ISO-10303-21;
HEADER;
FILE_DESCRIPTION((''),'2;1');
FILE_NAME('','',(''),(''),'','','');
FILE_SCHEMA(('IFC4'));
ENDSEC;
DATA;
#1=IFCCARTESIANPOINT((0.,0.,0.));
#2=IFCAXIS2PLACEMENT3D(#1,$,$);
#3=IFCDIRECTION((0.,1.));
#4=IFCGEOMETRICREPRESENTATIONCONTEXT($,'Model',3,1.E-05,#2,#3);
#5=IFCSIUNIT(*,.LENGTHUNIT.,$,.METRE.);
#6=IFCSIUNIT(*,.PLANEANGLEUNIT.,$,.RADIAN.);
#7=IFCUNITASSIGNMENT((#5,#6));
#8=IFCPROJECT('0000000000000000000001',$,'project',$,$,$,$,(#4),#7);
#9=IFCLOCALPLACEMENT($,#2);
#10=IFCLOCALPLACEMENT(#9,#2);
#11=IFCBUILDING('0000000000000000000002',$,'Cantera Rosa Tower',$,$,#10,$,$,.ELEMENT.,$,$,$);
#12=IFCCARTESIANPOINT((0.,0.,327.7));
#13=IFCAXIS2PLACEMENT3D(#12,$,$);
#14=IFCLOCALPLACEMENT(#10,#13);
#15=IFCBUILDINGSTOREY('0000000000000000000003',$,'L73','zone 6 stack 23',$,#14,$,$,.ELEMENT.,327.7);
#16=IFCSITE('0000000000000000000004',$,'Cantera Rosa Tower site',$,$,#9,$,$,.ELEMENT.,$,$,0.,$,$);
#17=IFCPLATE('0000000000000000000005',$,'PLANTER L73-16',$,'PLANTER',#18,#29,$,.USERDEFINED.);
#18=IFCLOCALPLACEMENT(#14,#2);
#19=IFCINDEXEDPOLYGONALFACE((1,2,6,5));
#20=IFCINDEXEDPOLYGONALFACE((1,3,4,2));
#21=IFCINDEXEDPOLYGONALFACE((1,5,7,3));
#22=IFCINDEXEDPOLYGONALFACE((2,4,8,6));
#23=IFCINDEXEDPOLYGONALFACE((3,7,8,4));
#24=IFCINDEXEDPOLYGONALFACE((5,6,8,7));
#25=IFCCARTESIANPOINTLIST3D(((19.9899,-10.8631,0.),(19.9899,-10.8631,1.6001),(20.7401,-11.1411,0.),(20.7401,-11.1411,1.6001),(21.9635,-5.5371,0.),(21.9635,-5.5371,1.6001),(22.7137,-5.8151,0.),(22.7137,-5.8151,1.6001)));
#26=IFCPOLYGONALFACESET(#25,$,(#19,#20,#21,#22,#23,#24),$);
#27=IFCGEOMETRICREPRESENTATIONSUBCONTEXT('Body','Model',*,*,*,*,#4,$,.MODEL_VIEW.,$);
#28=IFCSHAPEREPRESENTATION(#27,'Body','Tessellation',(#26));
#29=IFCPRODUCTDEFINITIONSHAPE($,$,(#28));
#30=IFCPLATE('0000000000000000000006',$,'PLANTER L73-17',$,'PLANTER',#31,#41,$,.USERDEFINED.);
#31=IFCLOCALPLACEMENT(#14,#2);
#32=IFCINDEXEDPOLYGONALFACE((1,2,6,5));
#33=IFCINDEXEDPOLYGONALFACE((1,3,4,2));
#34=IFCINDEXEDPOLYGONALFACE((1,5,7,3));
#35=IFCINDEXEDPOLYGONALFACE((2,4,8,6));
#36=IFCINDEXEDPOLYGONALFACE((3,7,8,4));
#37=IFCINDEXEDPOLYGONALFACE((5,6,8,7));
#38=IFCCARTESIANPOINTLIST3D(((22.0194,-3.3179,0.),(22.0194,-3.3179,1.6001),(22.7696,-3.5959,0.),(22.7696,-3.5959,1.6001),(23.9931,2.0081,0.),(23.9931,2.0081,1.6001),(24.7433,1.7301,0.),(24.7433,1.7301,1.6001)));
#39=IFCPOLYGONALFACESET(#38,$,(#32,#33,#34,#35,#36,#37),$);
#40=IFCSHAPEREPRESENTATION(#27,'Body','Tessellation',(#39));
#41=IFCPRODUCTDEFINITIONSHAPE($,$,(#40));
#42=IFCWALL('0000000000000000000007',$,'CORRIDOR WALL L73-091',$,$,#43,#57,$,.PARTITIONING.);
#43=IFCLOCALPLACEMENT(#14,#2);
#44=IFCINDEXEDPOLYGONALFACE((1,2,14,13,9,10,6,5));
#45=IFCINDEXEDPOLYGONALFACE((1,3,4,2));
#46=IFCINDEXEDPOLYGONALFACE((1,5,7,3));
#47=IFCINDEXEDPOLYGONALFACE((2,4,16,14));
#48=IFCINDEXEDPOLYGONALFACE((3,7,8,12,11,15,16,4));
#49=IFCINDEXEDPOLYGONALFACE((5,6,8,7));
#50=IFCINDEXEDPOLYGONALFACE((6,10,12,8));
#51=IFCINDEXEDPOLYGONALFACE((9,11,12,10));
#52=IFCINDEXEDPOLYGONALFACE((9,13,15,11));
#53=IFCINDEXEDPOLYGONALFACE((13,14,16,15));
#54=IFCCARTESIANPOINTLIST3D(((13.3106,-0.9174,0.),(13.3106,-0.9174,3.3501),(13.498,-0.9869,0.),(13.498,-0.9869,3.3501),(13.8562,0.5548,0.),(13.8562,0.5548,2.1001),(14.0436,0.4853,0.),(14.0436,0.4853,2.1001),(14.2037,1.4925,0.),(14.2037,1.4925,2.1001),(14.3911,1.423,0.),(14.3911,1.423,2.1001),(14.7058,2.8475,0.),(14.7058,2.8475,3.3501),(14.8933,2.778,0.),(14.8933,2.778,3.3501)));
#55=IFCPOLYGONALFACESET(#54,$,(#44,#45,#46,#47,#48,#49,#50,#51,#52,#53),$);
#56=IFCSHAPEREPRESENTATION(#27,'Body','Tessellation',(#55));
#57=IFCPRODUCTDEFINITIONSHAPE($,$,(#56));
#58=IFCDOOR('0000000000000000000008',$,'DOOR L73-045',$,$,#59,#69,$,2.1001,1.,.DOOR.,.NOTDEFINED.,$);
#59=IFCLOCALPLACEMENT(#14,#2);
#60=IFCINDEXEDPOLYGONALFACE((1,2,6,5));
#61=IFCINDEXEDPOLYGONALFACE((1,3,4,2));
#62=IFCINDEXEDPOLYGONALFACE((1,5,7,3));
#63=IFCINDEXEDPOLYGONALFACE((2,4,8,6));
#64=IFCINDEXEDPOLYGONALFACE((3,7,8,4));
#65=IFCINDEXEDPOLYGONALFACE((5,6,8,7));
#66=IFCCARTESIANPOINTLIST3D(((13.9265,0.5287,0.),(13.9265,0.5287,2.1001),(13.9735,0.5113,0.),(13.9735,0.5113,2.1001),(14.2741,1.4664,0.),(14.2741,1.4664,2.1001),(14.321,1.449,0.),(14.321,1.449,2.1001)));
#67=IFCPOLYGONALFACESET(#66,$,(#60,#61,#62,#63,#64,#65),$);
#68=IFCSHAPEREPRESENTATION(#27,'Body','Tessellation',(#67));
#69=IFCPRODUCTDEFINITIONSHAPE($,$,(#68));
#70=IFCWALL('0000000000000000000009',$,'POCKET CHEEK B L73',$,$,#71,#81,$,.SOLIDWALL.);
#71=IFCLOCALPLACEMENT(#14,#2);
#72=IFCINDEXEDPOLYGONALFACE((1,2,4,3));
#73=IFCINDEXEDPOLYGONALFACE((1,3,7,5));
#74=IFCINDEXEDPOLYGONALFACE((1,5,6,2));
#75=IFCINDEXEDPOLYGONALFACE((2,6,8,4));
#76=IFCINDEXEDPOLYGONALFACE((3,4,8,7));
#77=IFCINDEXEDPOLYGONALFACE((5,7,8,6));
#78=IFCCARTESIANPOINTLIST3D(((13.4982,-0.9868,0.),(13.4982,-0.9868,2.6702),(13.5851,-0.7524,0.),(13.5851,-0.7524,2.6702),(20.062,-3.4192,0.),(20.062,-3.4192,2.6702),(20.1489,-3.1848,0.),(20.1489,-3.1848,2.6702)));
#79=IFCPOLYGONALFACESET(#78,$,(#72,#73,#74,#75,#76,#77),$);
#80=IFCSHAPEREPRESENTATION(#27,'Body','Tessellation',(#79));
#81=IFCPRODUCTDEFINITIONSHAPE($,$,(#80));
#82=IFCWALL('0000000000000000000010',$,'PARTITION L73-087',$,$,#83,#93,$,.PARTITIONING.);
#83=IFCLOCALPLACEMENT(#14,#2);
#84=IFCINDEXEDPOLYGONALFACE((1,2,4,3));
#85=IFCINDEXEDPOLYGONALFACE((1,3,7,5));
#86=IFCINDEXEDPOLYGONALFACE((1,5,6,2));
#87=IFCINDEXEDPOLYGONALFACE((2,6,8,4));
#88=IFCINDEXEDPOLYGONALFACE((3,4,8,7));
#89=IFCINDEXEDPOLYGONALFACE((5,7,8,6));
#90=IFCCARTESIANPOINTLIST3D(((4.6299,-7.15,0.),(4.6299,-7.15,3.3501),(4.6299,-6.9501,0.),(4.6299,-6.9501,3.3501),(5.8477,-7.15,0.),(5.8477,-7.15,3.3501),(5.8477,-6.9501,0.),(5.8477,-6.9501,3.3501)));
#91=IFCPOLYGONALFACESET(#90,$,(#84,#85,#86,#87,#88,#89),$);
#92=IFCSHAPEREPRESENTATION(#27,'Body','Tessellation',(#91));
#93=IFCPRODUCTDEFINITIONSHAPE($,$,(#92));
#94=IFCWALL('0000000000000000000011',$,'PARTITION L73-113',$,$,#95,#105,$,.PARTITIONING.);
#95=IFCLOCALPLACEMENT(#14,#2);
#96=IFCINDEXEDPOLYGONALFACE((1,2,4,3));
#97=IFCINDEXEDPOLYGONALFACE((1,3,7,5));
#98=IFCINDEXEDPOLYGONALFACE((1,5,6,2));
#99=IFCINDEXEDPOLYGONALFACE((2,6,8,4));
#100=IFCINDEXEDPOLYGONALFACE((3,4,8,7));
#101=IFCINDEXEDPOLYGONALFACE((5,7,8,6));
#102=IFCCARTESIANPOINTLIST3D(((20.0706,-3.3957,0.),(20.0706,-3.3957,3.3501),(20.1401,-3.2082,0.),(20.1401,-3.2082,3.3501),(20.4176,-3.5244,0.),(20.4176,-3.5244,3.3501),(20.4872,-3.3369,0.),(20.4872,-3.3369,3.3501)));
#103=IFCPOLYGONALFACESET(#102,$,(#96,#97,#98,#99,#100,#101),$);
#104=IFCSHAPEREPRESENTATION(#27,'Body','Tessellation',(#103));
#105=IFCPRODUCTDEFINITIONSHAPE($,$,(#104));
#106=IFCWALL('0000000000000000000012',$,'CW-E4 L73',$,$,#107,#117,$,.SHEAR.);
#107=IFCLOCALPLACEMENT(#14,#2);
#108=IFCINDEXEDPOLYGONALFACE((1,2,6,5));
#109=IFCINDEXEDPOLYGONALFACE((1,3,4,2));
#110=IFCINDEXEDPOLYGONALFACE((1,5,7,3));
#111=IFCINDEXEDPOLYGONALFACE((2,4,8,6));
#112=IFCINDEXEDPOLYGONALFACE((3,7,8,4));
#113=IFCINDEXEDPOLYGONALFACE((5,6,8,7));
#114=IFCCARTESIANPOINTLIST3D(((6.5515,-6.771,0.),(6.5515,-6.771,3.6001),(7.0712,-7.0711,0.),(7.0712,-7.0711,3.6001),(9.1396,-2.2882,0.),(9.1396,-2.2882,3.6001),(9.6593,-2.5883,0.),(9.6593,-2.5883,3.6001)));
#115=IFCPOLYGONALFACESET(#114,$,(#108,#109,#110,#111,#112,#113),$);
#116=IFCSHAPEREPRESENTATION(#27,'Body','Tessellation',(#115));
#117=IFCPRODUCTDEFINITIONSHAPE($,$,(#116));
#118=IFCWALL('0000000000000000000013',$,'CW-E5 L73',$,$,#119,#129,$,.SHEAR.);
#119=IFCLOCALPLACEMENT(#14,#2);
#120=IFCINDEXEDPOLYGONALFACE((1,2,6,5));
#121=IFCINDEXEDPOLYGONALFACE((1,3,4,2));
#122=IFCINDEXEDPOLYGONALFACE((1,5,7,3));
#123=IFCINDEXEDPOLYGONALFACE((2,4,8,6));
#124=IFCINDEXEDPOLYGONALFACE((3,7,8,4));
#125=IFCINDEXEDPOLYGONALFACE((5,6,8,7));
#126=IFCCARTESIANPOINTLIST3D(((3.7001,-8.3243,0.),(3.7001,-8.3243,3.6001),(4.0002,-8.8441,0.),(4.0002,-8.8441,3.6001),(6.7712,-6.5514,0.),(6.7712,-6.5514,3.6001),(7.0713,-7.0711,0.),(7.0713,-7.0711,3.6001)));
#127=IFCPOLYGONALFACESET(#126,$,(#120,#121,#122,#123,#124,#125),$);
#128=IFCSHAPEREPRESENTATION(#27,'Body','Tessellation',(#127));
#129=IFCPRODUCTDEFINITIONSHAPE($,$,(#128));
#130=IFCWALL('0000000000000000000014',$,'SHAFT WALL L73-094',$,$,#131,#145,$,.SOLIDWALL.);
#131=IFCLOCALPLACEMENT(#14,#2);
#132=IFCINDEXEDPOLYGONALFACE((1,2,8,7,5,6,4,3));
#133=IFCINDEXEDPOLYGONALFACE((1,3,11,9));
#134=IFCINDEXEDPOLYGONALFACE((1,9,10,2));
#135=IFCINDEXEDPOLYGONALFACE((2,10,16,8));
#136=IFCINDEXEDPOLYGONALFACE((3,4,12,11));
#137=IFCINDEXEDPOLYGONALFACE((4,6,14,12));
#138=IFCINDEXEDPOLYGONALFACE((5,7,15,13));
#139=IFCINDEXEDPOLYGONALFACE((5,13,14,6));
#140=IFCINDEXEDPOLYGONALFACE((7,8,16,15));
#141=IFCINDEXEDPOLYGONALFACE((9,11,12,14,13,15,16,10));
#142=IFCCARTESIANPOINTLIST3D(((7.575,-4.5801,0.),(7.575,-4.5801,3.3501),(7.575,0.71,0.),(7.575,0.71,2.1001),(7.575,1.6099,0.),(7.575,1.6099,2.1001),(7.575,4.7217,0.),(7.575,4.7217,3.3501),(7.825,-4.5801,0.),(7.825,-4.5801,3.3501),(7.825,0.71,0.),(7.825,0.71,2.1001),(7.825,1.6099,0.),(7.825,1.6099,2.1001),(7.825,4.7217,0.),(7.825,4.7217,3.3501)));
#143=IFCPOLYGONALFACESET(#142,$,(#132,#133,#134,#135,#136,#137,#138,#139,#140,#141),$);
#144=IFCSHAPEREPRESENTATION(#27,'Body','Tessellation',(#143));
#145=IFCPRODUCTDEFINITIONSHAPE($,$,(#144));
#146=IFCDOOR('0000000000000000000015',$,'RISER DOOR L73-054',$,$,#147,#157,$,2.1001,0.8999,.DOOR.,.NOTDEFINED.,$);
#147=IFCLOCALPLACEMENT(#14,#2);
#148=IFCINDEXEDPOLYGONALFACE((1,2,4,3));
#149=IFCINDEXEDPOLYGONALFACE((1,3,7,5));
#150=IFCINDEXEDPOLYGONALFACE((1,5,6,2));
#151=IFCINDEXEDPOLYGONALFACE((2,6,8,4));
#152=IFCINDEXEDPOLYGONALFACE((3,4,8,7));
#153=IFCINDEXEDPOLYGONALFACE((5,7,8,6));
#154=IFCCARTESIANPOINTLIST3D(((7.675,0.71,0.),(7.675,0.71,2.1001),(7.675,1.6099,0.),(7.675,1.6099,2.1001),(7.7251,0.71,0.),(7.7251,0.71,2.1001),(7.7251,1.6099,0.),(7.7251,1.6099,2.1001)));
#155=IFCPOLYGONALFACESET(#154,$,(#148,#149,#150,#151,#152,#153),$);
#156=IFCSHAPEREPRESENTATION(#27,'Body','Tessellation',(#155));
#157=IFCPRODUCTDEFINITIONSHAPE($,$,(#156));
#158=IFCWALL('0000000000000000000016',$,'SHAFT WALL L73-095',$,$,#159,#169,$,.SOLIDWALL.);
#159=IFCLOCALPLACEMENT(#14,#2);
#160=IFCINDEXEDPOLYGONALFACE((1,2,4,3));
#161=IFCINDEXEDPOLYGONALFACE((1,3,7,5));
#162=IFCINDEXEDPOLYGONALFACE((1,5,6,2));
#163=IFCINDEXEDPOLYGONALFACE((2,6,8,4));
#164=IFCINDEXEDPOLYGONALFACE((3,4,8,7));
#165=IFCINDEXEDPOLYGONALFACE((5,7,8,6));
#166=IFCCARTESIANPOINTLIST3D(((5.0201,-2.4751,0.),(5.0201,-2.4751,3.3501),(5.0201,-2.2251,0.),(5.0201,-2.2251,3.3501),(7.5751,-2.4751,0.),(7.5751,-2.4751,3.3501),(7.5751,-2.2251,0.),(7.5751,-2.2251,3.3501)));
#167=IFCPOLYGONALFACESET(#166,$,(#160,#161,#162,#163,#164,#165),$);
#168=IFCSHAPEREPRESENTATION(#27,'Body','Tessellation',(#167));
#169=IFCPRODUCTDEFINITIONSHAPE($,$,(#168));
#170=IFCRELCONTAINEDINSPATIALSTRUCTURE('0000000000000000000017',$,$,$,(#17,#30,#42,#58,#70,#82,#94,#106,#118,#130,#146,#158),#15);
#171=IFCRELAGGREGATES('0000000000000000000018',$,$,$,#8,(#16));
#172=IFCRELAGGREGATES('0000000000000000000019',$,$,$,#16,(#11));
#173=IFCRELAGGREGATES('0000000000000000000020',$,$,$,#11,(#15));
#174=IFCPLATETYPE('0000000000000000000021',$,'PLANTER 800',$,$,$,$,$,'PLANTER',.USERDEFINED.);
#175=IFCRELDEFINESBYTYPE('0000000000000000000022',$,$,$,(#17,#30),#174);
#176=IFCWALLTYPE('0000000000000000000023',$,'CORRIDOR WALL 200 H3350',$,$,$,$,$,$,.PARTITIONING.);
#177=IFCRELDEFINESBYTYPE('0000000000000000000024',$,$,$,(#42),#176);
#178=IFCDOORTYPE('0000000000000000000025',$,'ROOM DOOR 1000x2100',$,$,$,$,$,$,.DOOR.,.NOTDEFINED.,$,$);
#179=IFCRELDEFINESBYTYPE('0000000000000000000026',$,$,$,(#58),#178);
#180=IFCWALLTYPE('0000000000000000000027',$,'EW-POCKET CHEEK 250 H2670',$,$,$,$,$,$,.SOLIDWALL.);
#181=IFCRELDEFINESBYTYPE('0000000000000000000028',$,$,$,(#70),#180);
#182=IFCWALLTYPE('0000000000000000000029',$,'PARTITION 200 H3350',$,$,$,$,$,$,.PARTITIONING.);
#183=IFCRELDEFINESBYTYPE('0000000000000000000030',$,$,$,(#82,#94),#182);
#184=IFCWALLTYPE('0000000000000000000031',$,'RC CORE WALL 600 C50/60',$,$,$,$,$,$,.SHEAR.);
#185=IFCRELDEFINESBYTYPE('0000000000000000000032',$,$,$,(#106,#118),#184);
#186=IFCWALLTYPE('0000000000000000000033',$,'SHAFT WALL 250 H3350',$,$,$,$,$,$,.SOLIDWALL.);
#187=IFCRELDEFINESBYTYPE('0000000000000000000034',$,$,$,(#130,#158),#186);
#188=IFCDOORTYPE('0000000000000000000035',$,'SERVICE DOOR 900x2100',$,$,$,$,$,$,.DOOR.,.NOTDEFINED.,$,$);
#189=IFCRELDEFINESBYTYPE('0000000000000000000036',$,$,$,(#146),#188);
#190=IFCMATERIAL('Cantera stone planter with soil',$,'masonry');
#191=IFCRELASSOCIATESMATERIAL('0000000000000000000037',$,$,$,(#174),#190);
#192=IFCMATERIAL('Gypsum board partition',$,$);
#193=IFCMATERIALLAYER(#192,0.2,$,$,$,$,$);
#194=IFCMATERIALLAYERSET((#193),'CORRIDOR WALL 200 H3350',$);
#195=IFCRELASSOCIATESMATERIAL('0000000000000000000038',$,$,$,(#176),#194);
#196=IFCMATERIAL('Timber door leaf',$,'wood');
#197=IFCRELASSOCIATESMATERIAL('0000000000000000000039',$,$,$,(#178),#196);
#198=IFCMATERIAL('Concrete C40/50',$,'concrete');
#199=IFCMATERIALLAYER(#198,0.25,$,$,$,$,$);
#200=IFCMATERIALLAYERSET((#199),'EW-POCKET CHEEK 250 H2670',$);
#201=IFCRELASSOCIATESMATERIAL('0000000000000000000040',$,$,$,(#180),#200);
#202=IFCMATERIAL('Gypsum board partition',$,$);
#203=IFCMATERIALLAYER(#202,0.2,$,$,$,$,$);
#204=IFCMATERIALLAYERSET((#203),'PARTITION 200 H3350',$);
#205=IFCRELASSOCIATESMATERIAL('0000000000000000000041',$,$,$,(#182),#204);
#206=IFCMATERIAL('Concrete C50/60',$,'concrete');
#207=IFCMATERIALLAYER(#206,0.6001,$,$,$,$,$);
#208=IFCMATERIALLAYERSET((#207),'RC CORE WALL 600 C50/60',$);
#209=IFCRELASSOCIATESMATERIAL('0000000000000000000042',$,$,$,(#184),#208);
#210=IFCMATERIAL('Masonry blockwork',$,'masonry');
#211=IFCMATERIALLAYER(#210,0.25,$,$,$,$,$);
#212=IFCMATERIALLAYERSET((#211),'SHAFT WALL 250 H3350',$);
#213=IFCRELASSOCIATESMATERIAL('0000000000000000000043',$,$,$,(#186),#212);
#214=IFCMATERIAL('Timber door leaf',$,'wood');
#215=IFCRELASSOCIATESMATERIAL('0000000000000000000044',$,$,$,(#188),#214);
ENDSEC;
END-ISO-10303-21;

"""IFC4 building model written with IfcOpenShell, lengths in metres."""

from ifc_helpers import new_model, si_unit, direction, frame, frame_2d, origin, origin_2d, place, context, subcontext, project, spatial, rectangle, extrude, material, layer, layer_set, type_object, element, fill, save


model = new_model("IFC4")

# Units and contexts
model_context = context("Model", 3, precision=1e-05, world=origin(), true_north=direction((0.0, 1.0)))
body_context = subcontext(model_context, "Body", "Model", "MODEL_VIEW")
ifc_project = project(units=[si_unit("LENGTHUNIT", "METRE"), si_unit("PLANEANGLEUNIT", "RADIAN")], contexts=[model_context])

# Site, building, storey
site_placement = place(None, origin())
site = spatial("IfcSite", under=ifc_project, at=site_placement, Name="Cantera Rosa Tower site", CompositionType="ELEMENT", RefElevation=0.0)
building_placement = place(site_placement, origin())
building = spatial("IfcBuilding", under=site, at=building_placement, Name="Cantera Rosa Tower", CompositionType="ELEMENT")
storey_placement = place(building_placement, frame((0.0, 0.0, 327.7)))
storey = spatial("IfcBuildingStorey", under=building, at=storey_placement, Name="L73", Description="zone 6 stack 23", CompositionType="ELEMENT", Elevation=327.7)

# Plates
ifc_material_1 = material(Name="Cantera stone planter with soil", Category="masonry")
plate_type = type_object("IfcPlateType", Name="PLANTER 800", ElementType="PLANTER", PredefinedType="USERDEFINED", material=ifc_material_1)
for number, where, z_axis, x_axis, name in (
    (1, (21.3518, -8.3391, 0.0), (0.0, 0.0, 1.0), (0.347481, 0.937687, 0.0), "PLANTER L73-16"),
    (2, (23.3813, -0.7939, 0.0), (0.0, 0.0, 1.0), (0.347481, 0.937687, 0.0), "PLANTER L73-17"),
):
    element("IfcPlate", number, at=place(storey_placement, frame(where, z_axis=z_axis, x_axis=x_axis)), inside=storey, type_object=plate_type, Name=name, ObjectType="PLANTER", PredefinedType="USERDEFINED", context=body_context, shape_type="SweptSolid", body=[
        extrude(rectangle(XDim=5.6799, YDim=0.8, at=origin_2d()), origin(), (0.0, 0.0, 1.0), 1.6001),
    ])

# Wall, opening, door
ifc_material_2 = material(Name="Gypsum board partition")
ifc_layer_1 = layer(ifc_material_2, 0.2)
ifc_layer_set_1 = layer_set([ifc_layer_1], Name="CORRIDOR WALL 200 H3350")
wall_type_1 = type_object("IfcWallType", Name="CORRIDOR WALL 200 H3350", PredefinedType="PARTITIONING", material=ifc_layer_set_1)
wall_1_placement = place(storey_placement, frame((13.4043, -0.9521, 0.0), z_axis=(0.0, 0.0, 1.0), x_axis=(0.347502, 0.937679, 0.0)))
wall_1 = element("IfcWall", 3, at=wall_1_placement, inside=storey, type_object=wall_type_1, Name="CORRIDOR WALL L73-091", PredefinedType="PARTITIONING", context=body_context, shape_type="SweptSolid", body=[
    extrude(rectangle(XDim=4.0151, YDim=0.2, at=frame_2d((2.0076, 0.0))), origin(), (0.0, 0.0, 1.0), 3.3501),
])
opening_1_placement = place(wall_1_placement, frame((1.5701, 0.0, 0.0)))
opening_1 = element("IfcOpeningElement", 4, at=opening_1_placement, cuts=wall_1, PredefinedType="OPENING", context=body_context, shape_type="SweptSolid", body=[
    extrude(rectangle(XDim=1.0, YDim=2.1001, at=frame_2d((0.5, 1.05))), frame((0.0, 0.1099, 0.0), z_axis=(0.0, -1.0, 0.0), x_axis=(1.0, 0.0, 0.0)), (0.0, 0.0, 1.0), 0.22),
])
ifc_material_3 = material(Name="Timber door leaf", Category="wood")
door_type_1 = type_object("IfcDoorType", Name="ROOM DOOR 1000x2100", OperationType="NOTDEFINED", PredefinedType="DOOR", material=ifc_material_3)
door_1_placement = place(opening_1_placement, origin())
door_1 = element("IfcDoor", 5, at=door_1_placement, inside=storey, type_object=door_type_1, Name="DOOR L73-045", OperationType="NOTDEFINED", OverallHeight=2.1001, OverallWidth=1.0, PredefinedType="DOOR", context=body_context, shape_type="SweptSolid", body=[
    extrude(rectangle(XDim=1.0, YDim=2.1001, at=frame_2d((0.5, 1.05))), frame((0.0, 0.0249, 0.0), z_axis=(0.0, -1.0, 0.0), x_axis=(1.0, 0.0, 0.0)), (0.0, 0.0, 1.0), 0.05),
])
fill(opening_1, door_1)

# Walls
ifc_material_4 = material(Name="Concrete C40/50", Category="concrete")
ifc_layer_2 = layer(ifc_material_4, 0.25)
ifc_layer_set_2 = layer_set([ifc_layer_2], Name="EW-POCKET CHEEK 250 H2670")
wall_type_2 = type_object("IfcWallType", Name="EW-POCKET CHEEK 250 H2670", PredefinedType="SOLIDWALL", material=ifc_layer_set_2)
wall_2_placement = place(storey_placement, frame((20.1055, -3.302, 0.0), z_axis=(0.0, 0.0, 1.0), x_axis=(-0.937685, 0.347486, 0.0)))
element("IfcWall", 6, at=wall_2_placement, inside=storey, type_object=wall_type_2, Name="POCKET CHEEK B L73", PredefinedType="SOLIDWALL", context=body_context, shape_type="SweptSolid", body=[
    extrude(rectangle(XDim=7.0, YDim=0.25, at=frame_2d((3.5, 0.0))), origin(), (0.0, 0.0, 1.0), 2.6702),
])
ifc_material_5 = material(Name="Gypsum board partition")
ifc_layer_3 = layer(ifc_material_5, 0.2)
ifc_layer_set_3 = layer_set([ifc_layer_3], Name="PARTITION 200 H3350")
wall_type_3 = type_object("IfcWallType", Name="PARTITION 200 H3350", PredefinedType="PARTITIONING", material=ifc_layer_set_3)
wall_3_placement = place(storey_placement, frame((5.8477, -7.05, 0.0), z_axis=(0.0, 0.0, 1.0), x_axis=(-1.0, 0.0, 0.0)))
element("IfcWall", 7, at=wall_3_placement, inside=storey, type_object=wall_type_3, Name="PARTITION L73-087", PredefinedType="PARTITIONING", context=body_context, shape_type="SweptSolid", body=[
    extrude(rectangle(XDim=1.2178, YDim=0.2, at=frame_2d((0.6089, 0.0))), origin(), (0.0, 0.0, 1.0), 3.3501),
])
wall_4_placement = place(storey_placement, frame((20.4524, -3.4307, 0.0), z_axis=(0.0, 0.0, 1.0), x_axis=(-0.937597, 0.347723, 0.0)))
element("IfcWall", 8, at=wall_4_placement, inside=storey, type_object=wall_type_3, Name="PARTITION L73-113", PredefinedType="PARTITIONING", context=body_context, shape_type="SweptSolid", body=[
    extrude(rectangle(XDim=0.3701, YDim=0.2, at=frame_2d((0.1851, 0.0))), origin(), (0.0, 0.0, 1.0), 3.3501),
])
ifc_material_6 = material(Name="Concrete C50/60", Category="concrete")
ifc_layer_4 = layer(ifc_material_6, 0.6001)
ifc_layer_set_4 = layer_set([ifc_layer_4], Name="RC CORE WALL 600 C50/60")
wall_type_4 = type_object("IfcWallType", Name="RC CORE WALL 600 C50/60", PredefinedType="SHEAR", material=ifc_layer_set_4)
wall_5_placement = place(storey_placement, frame((9.3994, -2.4382, 0.0), z_axis=(0.0, 0.0, 1.0), x_axis=(-0.499989, -0.866032, 0.0)))
element("IfcWall", 9, at=wall_5_placement, inside=storey, type_object=wall_type_4, Name="CW-E4 L73", PredefinedType="SHEAR", context=body_context, shape_type="SweptSolid", body=[
    extrude(rectangle(XDim=5.1763, YDim=0.6001, at=frame_2d((2.5881, 0.0))), origin(), (0.0, 0.0, 1.0), 3.6001),
])
wall_6_placement = place(storey_placement, frame((6.9211, -6.8113, 0.0), z_axis=(0.0, 0.0, 1.0), x_axis=(-0.86604, -0.499975, 0.0)))
element("IfcWall", 10, at=wall_6_placement, inside=storey, type_object=wall_type_4, Name="CW-E5 L73", PredefinedType="SHEAR", context=body_context, shape_type="SweptSolid", body=[
    extrude(rectangle(XDim=3.5461, YDim=0.6001, at=frame_2d((1.7729, 0.0))), origin(), (0.0, 0.0, 1.0), 3.6001),
])
ifc_material_7 = material(Name="Masonry blockwork", Category="masonry")
ifc_layer_5 = layer(ifc_material_7, 0.25)
ifc_layer_set_5 = layer_set([ifc_layer_5], Name="SHAFT WALL 250 H3350")
wall_type_5 = type_object("IfcWallType", Name="SHAFT WALL 250 H3350", PredefinedType="SOLIDWALL", material=ifc_layer_set_5)

# Wall, opening, door
wall_7_placement = place(storey_placement, frame((7.7, -4.5801, 0.0), z_axis=(0.0, 0.0, 1.0), x_axis=(0.0, 1.0, 0.0)))
wall_7 = element("IfcWall", 11, at=wall_7_placement, inside=storey, type_object=wall_type_5, Name="SHAFT WALL L73-094", PredefinedType="SOLIDWALL", context=body_context, shape_type="SweptSolid", body=[
    extrude(rectangle(XDim=9.3018, YDim=0.25, at=frame_2d((4.6509, 0.0))), origin(), (0.0, 0.0, 1.0), 3.3501),
])
opening_2_placement = place(wall_7_placement, frame((5.29, 0.0, 0.0)))
opening_2 = element("IfcOpeningElement", 12, at=opening_2_placement, cuts=wall_7, PredefinedType="OPENING", context=body_context, shape_type="SweptSolid", body=[
    extrude(rectangle(XDim=0.8999, YDim=2.1001, at=frame_2d((0.45, 1.05))), frame((0.0, 0.135, 0.0), z_axis=(0.0, -1.0, 0.0), x_axis=(1.0, 0.0, 0.0)), (0.0, 0.0, 1.0), 0.27),
])
ifc_material_8 = material(Name="Timber door leaf", Category="wood")
door_type_2 = type_object("IfcDoorType", Name="SERVICE DOOR 900x2100", OperationType="NOTDEFINED", PredefinedType="DOOR", material=ifc_material_8)
door_2_placement = place(opening_2_placement, origin())
door_2 = element("IfcDoor", 13, at=door_2_placement, inside=storey, type_object=door_type_2, Name="RISER DOOR L73-054", OperationType="NOTDEFINED", OverallHeight=2.1001, OverallWidth=0.8999, PredefinedType="DOOR", context=body_context, shape_type="SweptSolid", body=[
    extrude(rectangle(XDim=0.8999, YDim=2.1001, at=frame_2d((0.45, 1.05))), frame((0.0, 0.0249, 0.0), z_axis=(0.0, -1.0, 0.0), x_axis=(1.0, 0.0, 0.0)), (0.0, 0.0, 1.0), 0.05),
])
fill(opening_2, door_2)

# Wall
wall_8_placement = place(storey_placement, frame((7.575, -2.3501, 0.0), z_axis=(0.0, 0.0, 1.0), x_axis=(-1.0, 0.0, 0.0)))
element("IfcWall", 14, at=wall_8_placement, inside=storey, type_object=wall_type_5, Name="SHAFT WALL L73-095", PredefinedType="SOLIDWALL", context=body_context, shape_type="SweptSolid", body=[
    extrude(rectangle(XDim=2.5549, YDim=0.25, at=frame_2d((1.2773, 0.0))), origin(), (0.0, 0.0, 1.0), 3.3501),
])

save(model, "model.ifc")
